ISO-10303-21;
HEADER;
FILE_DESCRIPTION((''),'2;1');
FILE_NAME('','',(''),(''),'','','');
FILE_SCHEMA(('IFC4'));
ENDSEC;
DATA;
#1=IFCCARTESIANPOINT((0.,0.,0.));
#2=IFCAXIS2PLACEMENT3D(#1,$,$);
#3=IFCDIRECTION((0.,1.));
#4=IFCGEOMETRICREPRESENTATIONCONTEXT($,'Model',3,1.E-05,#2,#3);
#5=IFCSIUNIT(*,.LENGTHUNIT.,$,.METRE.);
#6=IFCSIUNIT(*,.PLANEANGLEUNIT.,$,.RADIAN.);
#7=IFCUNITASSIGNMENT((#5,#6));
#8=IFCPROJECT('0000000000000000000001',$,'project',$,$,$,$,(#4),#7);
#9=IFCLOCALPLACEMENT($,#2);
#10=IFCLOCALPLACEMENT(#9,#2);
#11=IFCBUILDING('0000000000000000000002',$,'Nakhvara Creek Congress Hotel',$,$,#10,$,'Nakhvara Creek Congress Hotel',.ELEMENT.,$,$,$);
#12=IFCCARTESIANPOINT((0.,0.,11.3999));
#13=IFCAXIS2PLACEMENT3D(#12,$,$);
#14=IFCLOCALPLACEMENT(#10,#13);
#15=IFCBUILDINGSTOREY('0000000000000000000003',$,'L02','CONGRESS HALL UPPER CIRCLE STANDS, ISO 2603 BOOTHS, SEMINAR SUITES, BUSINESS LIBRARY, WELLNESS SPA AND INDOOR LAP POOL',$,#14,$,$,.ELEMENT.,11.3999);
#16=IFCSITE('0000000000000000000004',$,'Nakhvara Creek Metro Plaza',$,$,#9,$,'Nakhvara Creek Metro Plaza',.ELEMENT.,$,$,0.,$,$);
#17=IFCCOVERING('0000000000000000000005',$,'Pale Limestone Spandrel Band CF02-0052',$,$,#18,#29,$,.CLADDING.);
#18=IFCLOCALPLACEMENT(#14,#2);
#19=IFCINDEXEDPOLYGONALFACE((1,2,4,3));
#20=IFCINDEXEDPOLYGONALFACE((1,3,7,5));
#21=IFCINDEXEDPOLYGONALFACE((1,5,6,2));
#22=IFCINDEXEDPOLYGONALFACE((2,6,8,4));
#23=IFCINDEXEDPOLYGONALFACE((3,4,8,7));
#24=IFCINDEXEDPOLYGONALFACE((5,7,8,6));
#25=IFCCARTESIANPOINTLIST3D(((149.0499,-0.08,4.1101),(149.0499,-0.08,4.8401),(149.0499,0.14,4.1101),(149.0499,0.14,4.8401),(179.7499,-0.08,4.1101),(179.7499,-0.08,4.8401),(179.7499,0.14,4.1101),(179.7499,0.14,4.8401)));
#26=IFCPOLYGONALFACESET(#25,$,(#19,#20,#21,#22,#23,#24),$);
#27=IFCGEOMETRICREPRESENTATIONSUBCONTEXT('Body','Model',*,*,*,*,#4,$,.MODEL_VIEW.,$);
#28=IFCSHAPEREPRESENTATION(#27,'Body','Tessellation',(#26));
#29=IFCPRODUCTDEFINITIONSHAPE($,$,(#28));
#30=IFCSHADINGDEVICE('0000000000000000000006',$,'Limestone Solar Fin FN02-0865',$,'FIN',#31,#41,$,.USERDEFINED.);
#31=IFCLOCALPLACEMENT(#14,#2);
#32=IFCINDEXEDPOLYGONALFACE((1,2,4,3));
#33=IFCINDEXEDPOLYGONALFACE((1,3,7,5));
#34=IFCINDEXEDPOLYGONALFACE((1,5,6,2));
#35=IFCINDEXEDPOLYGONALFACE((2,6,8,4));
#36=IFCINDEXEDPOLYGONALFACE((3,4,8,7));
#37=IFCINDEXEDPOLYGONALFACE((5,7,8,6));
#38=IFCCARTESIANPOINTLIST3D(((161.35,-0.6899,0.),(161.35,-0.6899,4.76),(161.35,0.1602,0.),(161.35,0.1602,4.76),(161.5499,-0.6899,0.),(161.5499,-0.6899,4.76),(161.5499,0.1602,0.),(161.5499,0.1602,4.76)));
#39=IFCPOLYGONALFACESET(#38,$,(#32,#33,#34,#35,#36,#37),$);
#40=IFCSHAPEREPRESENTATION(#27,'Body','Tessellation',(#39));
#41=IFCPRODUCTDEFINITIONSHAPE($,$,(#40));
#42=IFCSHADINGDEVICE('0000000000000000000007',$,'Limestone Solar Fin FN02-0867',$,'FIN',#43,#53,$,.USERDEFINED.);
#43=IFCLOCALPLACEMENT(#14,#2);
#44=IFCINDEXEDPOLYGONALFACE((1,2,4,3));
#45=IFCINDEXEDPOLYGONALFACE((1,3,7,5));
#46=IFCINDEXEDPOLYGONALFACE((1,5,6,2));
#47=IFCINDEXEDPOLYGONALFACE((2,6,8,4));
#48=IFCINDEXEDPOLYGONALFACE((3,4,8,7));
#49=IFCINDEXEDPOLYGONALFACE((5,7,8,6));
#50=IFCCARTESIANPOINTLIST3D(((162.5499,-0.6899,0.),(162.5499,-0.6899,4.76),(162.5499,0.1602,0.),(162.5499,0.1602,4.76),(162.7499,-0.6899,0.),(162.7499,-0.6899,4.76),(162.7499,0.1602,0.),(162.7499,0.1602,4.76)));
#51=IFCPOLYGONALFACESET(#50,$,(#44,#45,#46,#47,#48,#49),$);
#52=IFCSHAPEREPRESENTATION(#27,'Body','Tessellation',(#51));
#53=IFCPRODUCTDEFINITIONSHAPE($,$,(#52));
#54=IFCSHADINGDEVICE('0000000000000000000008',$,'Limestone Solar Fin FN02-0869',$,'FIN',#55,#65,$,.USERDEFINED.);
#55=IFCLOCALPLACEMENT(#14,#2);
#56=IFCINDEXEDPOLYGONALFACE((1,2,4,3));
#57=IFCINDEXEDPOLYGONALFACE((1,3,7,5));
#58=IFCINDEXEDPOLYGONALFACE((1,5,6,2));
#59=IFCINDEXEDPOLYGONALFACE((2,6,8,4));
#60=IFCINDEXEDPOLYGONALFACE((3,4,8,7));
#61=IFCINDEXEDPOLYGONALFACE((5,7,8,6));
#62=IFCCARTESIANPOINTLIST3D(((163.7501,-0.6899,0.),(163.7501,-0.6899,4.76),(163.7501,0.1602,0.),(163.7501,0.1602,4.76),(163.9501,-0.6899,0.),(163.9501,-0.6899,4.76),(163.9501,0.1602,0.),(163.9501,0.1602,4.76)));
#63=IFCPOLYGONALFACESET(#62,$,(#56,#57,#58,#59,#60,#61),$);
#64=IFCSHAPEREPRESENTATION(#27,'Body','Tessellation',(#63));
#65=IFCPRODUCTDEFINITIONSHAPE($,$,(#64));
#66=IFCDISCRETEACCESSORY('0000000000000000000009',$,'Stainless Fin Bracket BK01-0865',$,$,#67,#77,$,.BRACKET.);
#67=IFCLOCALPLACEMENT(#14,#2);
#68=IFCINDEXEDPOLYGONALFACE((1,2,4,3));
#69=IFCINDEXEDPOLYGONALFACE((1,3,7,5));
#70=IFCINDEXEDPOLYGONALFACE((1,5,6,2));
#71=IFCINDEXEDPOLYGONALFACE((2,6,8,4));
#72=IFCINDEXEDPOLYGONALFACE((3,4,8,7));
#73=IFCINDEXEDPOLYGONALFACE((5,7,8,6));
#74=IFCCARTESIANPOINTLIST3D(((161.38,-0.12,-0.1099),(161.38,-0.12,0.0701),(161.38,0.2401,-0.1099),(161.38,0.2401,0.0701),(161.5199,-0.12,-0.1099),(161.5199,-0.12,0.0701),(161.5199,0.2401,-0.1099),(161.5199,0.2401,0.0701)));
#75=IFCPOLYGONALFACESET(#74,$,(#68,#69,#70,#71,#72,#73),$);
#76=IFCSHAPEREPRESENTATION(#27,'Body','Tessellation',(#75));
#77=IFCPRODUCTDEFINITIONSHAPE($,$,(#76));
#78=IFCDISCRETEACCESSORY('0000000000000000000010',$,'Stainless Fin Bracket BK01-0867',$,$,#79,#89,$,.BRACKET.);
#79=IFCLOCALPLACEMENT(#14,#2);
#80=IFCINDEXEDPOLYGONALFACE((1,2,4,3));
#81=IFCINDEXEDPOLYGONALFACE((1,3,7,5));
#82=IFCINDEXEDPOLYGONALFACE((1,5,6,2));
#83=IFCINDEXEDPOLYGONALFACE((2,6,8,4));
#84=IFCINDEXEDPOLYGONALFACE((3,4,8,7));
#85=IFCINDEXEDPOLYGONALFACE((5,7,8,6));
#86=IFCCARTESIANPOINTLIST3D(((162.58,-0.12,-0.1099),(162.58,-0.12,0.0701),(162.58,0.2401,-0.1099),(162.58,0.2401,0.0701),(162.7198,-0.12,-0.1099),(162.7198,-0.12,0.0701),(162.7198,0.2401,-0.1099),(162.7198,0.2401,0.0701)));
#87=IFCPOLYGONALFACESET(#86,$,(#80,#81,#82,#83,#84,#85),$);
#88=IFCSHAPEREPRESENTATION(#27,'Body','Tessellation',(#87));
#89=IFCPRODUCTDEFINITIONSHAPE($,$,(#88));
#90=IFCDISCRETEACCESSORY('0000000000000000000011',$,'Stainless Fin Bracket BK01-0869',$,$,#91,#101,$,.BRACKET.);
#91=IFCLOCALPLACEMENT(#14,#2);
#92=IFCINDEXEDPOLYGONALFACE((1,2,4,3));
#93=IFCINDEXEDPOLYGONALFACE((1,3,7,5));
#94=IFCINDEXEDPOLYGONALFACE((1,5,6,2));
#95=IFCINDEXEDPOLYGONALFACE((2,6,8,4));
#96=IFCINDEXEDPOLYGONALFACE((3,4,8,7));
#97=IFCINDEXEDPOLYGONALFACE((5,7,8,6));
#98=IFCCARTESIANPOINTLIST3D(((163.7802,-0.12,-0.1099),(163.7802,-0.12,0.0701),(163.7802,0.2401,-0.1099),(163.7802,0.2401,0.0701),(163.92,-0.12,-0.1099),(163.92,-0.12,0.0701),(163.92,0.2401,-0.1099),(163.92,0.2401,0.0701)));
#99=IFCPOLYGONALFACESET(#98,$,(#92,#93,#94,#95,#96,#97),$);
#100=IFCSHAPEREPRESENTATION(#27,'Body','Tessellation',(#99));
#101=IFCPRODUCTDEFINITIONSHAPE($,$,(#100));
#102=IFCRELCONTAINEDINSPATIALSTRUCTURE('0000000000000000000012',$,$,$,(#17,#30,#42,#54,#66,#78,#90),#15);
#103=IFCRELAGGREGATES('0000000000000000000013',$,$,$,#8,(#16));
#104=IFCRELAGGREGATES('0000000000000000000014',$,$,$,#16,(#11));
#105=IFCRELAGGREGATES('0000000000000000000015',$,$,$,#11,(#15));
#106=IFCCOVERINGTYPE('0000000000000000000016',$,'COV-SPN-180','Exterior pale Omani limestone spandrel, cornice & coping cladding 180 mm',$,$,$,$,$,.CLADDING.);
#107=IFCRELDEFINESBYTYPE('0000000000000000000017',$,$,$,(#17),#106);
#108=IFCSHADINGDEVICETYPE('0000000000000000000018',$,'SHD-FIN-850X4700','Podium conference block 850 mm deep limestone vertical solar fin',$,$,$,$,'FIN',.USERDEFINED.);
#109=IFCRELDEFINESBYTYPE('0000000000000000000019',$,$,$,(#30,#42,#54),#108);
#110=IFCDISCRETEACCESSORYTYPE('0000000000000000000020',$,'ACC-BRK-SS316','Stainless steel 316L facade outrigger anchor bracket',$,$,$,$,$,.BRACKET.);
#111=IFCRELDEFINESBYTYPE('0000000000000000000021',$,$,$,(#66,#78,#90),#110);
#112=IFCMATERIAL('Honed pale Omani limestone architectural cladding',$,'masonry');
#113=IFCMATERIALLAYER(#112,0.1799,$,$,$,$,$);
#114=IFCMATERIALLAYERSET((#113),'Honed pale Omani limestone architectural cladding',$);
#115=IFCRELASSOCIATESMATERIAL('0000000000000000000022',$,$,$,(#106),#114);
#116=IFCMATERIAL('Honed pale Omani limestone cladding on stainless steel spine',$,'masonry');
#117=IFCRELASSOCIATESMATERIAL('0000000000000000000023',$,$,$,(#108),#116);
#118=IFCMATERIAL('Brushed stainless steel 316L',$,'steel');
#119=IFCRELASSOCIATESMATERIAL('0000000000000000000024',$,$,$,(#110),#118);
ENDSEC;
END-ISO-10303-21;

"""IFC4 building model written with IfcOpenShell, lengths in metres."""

from ifc_helpers import new_model, si_unit, direction, frame, origin, origin_2d, place, context, subcontext, project, spatial, rectangle, extrude, material, layer, layer_set, type_object, element, save


model = new_model("IFC4")

# Units and contexts
model_context = context("Model", 3, precision=1e-05, world=origin(), true_north=direction((0.0, 1.0)))
body_context = subcontext(model_context, "Body", "Model", "MODEL_VIEW")
ifc_project = project(units=[si_unit("LENGTHUNIT", "METRE"), si_unit("PLANEANGLEUNIT", "RADIAN")], contexts=[model_context])

# Site, building, storey
site_placement = place(None, origin())
site = spatial("IfcSite", under=ifc_project, at=site_placement, Name="Nakhvara Creek Metro Plaza", LongName="Nakhvara Creek Metro Plaza", CompositionType="ELEMENT", RefElevation=0.0)
building_placement = place(site_placement, origin())
building = spatial("IfcBuilding", under=site, at=building_placement, Name="Nakhvara Creek Congress Hotel", LongName="Nakhvara Creek Congress Hotel", CompositionType="ELEMENT")
storey_placement = place(building_placement, frame((0.0, 0.0, 11.3999)))
storey = spatial("IfcBuildingStorey", under=building, at=storey_placement, Name="L02", Description="CONGRESS HALL UPPER CIRCLE STANDS, ISO 2603 BOOTHS, SEMINAR SUITES, BUSINESS LIBRARY, WELLNESS SPA AND INDOOR LAP POOL", CompositionType="ELEMENT", Elevation=11.3999)

# Covering
ifc_material_1 = material(Name="Honed pale Omani limestone architectural cladding", Category="masonry")
ifc_layer_1 = layer(ifc_material_1, 0.1799)
ifc_layer_set_1 = layer_set([ifc_layer_1], Name="Honed pale Omani limestone architectural cladding")
covering_type_1 = type_object("IfcCoveringType", Name="COV-SPN-180", Description="Exterior pale Omani limestone spandrel, cornice & coping cladding 180 mm", PredefinedType="CLADDING", material=ifc_layer_set_1)
covering_placement = place(storey_placement, frame((164.3999, 0.03, 4.1101), z_axis=(0.0, 0.0, 1.0), x_axis=(1.0, 0.0, 0.0)))
element("IfcCovering", 1, at=covering_placement, inside=storey, type_object=covering_type_1, Name="Pale Limestone Spandrel Band CF02-0052", PredefinedType="CLADDING", context=body_context, shape_type="SweptSolid", body=[
    extrude(rectangle(XDim=30.7, YDim=0.22, at=origin_2d()), origin(), (0.0, 0.0, 1.0), 0.73),
])

# Shading devices
ifc_material_2 = material(Name="Honed pale Omani limestone cladding on stainless steel spine", Category="masonry")
shading_device_type = type_object("IfcShadingDeviceType", Name="SHD-FIN-850X4700", Description="Podium conference block 850 mm deep limestone vertical solar fin", ElementType="FIN", PredefinedType="USERDEFINED", material=ifc_material_2)
for number, where, z_axis, x_axis, name in (
    (2, (161.45, -0.2649, 0.0), (0.0, 0.0, 1.0), (1.0, 0.0, 0.0), "Limestone Solar Fin FN02-0865"),
    (3, (162.6499, -0.2649, 0.0), (0.0, 0.0, 1.0), (1.0, 0.0, 0.0), "Limestone Solar Fin FN02-0867"),
    (4, (163.8501, -0.2649, 0.0), (0.0, 0.0, 1.0), (1.0, 0.0, 0.0), "Limestone Solar Fin FN02-0869"),
):
    element("IfcShadingDevice", number, at=place(storey_placement, frame(where, z_axis=z_axis, x_axis=x_axis)), inside=storey, type_object=shading_device_type, Name=name, ObjectType="FIN", PredefinedType="USERDEFINED", context=body_context, shape_type="SweptSolid", body=[
        extrude(rectangle(XDim=0.2, YDim=0.8501, at=origin_2d()), origin(), (0.0, 0.0, 1.0), 4.76),
    ])

# Discrete accessories
ifc_material_3 = material(Name="Brushed stainless steel 316L", Category="steel")
discrete_accessory_type = type_object("IfcDiscreteAccessoryType", Name="ACC-BRK-SS316", Description="Stainless steel 316L facade outrigger anchor bracket", PredefinedType="BRACKET", material=ifc_material_3)
for number, where, z_axis, x_axis, name in (
    (5, (161.45, 0.0601, -0.1099), (0.0, 0.0, 1.0), (1.0, 0.0, 0.0), "Stainless Fin Bracket BK01-0865"),
    (6, (162.6499, 0.0601, -0.1099), (0.0, 0.0, 1.0), (1.0, 0.0, 0.0), "Stainless Fin Bracket BK01-0867"),
    (7, (163.8501, 0.0601, -0.1099), (0.0, 0.0, 1.0), (1.0, 0.0, 0.0), "Stainless Fin Bracket BK01-0869"),
):
    element("IfcDiscreteAccessory", number, at=place(storey_placement, frame(where, z_axis=z_axis, x_axis=x_axis)), inside=storey, type_object=discrete_accessory_type, Name=name, PredefinedType="BRACKET", context=body_context, shape_type="SweptSolid", body=[
        extrude(rectangle(XDim=0.1399, YDim=0.3601, at=origin_2d()), origin(), (0.0, 0.0, 1.0), 0.1799),
    ])

save(model, "model.ifc")
